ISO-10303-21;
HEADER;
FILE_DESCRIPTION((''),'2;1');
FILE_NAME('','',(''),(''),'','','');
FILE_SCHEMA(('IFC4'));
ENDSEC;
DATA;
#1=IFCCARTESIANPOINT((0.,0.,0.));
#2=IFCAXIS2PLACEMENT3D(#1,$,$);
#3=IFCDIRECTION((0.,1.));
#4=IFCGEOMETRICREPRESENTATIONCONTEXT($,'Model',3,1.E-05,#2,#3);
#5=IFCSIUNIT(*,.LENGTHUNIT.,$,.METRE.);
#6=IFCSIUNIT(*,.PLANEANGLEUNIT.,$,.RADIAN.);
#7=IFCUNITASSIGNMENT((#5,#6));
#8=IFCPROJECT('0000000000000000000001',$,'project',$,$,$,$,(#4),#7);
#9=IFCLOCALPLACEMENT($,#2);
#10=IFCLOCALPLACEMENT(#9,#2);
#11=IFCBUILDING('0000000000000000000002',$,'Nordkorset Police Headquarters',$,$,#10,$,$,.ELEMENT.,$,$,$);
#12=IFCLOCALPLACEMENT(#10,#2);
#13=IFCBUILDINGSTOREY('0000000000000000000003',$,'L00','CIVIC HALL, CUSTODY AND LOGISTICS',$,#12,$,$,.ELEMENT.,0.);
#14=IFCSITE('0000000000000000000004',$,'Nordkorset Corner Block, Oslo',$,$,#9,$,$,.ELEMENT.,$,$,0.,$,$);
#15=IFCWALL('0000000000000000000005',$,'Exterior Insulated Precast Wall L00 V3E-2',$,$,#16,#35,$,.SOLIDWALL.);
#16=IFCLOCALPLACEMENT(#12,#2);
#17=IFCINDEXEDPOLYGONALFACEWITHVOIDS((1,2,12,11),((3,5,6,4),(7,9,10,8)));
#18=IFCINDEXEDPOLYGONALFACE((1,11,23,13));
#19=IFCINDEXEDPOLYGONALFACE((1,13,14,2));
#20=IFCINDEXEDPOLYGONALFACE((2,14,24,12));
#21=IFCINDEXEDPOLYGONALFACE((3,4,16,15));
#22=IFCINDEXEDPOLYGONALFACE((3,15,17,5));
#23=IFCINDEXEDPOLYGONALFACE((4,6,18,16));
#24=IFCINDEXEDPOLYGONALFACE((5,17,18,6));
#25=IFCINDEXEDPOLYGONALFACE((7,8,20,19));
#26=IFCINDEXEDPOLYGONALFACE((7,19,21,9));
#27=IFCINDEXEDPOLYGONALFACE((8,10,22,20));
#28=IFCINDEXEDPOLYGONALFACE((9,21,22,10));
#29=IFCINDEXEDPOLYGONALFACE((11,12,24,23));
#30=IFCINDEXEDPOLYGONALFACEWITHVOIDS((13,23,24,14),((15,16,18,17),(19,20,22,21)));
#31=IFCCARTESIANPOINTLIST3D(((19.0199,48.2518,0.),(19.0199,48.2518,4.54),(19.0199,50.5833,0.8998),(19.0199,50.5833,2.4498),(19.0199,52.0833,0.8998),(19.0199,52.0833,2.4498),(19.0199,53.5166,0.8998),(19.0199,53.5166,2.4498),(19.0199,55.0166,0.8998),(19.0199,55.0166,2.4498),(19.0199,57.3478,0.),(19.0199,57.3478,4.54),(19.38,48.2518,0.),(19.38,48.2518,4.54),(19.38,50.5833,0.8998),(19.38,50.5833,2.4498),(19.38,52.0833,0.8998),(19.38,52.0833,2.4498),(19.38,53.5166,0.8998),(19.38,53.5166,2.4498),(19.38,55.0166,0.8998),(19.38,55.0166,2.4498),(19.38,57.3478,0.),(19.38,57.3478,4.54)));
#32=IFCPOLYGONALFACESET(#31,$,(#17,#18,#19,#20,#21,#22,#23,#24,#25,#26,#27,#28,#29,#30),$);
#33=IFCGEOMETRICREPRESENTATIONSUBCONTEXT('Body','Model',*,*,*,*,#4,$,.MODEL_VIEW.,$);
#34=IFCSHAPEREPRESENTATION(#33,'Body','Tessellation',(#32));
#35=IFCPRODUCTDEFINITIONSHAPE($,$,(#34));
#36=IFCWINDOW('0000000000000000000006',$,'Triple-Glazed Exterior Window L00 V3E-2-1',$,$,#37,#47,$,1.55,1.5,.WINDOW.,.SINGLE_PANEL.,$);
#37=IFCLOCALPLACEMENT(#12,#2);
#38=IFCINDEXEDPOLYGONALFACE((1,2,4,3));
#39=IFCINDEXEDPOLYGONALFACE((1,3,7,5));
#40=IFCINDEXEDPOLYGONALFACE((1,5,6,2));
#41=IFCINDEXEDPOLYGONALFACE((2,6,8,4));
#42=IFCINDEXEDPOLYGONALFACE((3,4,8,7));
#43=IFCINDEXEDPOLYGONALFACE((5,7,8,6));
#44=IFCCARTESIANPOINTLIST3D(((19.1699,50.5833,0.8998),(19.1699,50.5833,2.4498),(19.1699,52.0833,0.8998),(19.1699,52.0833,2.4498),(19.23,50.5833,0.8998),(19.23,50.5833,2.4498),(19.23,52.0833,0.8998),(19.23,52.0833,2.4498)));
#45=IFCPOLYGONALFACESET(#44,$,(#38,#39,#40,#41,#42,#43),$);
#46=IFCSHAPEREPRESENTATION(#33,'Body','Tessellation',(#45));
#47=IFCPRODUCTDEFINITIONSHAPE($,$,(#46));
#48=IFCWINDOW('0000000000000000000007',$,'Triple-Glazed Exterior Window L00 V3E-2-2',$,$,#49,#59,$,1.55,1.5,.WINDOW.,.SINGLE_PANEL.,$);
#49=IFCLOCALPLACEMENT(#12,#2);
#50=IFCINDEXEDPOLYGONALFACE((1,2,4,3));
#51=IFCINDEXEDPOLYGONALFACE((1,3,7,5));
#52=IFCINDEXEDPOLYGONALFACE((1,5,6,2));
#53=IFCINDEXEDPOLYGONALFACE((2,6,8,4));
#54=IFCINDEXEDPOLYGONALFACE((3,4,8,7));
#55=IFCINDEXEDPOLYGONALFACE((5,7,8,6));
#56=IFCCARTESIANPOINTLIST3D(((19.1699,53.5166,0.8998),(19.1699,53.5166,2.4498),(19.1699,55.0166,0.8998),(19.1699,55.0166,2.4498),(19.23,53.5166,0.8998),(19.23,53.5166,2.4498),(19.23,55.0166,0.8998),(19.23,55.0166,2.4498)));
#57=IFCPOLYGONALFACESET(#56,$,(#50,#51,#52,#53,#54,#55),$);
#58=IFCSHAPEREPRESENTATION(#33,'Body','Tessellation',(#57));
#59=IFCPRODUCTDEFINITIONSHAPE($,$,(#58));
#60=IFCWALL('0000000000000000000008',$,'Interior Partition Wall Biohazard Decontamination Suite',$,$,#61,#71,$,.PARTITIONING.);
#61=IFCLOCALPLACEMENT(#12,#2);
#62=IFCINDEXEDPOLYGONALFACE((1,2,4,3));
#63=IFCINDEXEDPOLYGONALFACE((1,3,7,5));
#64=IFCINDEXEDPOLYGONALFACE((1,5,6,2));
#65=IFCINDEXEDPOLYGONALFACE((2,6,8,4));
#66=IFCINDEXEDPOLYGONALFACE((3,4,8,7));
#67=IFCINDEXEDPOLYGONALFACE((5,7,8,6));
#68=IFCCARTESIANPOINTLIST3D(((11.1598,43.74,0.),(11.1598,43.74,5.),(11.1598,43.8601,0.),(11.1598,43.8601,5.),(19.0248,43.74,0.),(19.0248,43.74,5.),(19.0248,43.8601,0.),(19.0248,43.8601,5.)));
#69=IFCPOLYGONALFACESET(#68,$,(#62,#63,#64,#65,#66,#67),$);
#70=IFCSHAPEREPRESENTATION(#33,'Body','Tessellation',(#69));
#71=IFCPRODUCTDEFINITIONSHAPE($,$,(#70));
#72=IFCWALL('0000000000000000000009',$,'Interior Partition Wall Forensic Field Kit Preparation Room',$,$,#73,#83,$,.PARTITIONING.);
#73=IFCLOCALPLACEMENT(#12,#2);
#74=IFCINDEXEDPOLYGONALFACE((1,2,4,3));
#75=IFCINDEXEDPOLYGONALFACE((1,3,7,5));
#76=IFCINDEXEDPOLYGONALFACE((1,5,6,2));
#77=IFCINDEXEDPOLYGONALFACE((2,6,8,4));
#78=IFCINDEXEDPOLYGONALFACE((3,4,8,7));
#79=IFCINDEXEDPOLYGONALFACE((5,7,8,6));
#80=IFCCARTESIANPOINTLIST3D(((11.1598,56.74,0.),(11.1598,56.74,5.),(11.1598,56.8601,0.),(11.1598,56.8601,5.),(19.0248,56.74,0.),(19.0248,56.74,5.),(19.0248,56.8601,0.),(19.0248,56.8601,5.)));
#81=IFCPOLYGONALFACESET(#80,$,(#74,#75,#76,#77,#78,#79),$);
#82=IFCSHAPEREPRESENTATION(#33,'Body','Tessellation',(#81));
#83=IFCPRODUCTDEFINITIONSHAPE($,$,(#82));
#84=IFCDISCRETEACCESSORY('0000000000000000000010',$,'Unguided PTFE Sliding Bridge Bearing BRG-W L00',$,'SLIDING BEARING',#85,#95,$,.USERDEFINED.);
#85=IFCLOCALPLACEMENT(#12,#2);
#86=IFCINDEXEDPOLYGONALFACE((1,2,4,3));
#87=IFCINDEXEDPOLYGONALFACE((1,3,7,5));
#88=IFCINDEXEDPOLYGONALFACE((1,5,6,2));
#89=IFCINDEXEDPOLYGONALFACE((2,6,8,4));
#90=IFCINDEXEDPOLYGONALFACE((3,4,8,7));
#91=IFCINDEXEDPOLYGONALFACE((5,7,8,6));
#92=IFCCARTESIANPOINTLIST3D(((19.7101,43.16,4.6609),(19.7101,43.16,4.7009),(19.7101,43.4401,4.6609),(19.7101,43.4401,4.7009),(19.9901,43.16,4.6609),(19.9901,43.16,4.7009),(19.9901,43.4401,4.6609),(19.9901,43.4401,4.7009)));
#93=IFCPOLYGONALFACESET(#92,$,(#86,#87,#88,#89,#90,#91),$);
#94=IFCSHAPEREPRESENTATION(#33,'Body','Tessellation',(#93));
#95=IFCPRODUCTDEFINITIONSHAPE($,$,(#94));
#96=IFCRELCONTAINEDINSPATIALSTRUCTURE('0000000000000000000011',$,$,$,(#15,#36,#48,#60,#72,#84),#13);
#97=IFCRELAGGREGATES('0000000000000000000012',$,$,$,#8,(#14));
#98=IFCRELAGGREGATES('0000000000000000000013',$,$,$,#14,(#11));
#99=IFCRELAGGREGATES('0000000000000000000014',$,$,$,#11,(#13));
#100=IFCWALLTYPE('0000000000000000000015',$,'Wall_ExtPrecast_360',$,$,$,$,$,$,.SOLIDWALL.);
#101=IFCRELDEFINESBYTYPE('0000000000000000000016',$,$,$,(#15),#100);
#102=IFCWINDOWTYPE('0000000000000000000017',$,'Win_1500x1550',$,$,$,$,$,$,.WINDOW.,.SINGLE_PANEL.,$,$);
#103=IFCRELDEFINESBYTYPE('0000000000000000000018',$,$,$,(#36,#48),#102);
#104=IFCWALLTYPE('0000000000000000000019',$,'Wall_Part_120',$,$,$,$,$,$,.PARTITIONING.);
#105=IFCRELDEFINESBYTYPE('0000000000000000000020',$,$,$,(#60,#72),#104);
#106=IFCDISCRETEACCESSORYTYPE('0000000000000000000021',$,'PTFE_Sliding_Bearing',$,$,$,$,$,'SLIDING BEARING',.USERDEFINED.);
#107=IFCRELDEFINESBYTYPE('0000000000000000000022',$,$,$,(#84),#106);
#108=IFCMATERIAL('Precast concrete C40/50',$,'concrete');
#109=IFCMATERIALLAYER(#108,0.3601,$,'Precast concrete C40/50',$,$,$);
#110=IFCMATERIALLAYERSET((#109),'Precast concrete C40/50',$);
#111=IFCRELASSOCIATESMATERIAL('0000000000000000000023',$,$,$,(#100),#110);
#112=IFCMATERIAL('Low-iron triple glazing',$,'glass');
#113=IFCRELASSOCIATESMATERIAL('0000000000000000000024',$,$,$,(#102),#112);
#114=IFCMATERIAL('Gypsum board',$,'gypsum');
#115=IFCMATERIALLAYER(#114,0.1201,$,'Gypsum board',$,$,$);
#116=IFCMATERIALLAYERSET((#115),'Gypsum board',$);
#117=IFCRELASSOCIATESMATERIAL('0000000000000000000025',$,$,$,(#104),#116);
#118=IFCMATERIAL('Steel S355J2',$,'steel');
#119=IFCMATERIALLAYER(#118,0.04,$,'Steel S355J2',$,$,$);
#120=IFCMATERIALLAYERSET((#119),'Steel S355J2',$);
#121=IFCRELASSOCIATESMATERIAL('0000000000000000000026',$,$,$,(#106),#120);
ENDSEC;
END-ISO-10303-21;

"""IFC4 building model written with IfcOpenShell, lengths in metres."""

from ifc_helpers import new_model, si_unit, direction, frame, frame_2d, origin, origin_2d, place, context, subcontext, project, spatial, rectangle, extrude, material, layer, layer_set, type_object, element, fill, save


model = new_model("IFC4")

# Units and contexts
model_context = context("Model", 3, precision=1e-05, world=origin(), true_north=direction((0.0, 1.0)))
body_context = subcontext(model_context, "Body", "Model", "MODEL_VIEW")
ifc_project = project(units=[si_unit("LENGTHUNIT", "METRE"), si_unit("PLANEANGLEUNIT", "RADIAN")], contexts=[model_context])

# Site, building, storey
site_placement = place(None, origin())
site = spatial("IfcSite", under=ifc_project, at=site_placement, Name="Nordkorset Corner Block, Oslo", CompositionType="ELEMENT", RefElevation=0.0)
building_placement = place(site_placement, origin())
building = spatial("IfcBuilding", under=site, at=building_placement, Name="Nordkorset Police Headquarters", CompositionType="ELEMENT")
storey_placement = place(building_placement, origin())
storey = spatial("IfcBuildingStorey", under=building, at=storey_placement, Name="L00", Description="CIVIC HALL, CUSTODY AND LOGISTICS", CompositionType="ELEMENT", Elevation=0.0)

# Wall, openings, windows
ifc_material_1 = material(Name="Precast concrete C40/50", Category="concrete")
ifc_layer_1 = layer(ifc_material_1, 0.3601, Name="Precast concrete C40/50")
ifc_layer_set_1 = layer_set([ifc_layer_1], Name="Precast concrete C40/50")
wall_type_1 = type_object("IfcWallType", Name="Wall_ExtPrecast_360", PredefinedType="SOLIDWALL", material=ifc_layer_set_1)
wall_placement = place(storey_placement, frame((19.2, 48.252, 0.0), z_axis=(0.0, 0.0, 1.0), x_axis=(0.0, 1.0, 0.0)))
wall = element("IfcWall", 1, at=wall_placement, inside=storey, type_object=wall_type_1, Name="Exterior Insulated Precast Wall L00 V3E-2", PredefinedType="SOLIDWALL", context=body_context, shape_type="SweptSolid", body=[
    extrude(rectangle(XDim=9.0959, YDim=0.3601, at=frame_2d((4.5479, 0.0))), origin(), (0.0, 0.0, 1.0), 4.54),
])
opening_1_placement = place(wall_placement, frame((2.3313, 0.0, 0.8999)))
opening_1 = element("IfcOpeningElement", 2, at=opening_1_placement, cuts=wall, PredefinedType="OPENING", context=body_context, shape_type="SweptSolid", body=[
    extrude(rectangle(XDim=1.5, YDim=1.55, at=frame_2d((0.75, 0.7749))), frame((0.0, 0.1899, 0.0), z_axis=(0.0, -1.0, 0.0), x_axis=(1.0, 0.0, 0.0)), (0.0, 0.0, 1.0), 0.3801),
])
opening_2_placement = place(wall_placement, frame((5.2646, 0.0, 0.8999)))
opening_2 = element("IfcOpeningElement", 3, at=opening_2_placement, cuts=wall, PredefinedType="OPENING", context=body_context, shape_type="SweptSolid", body=[
    extrude(rectangle(XDim=1.5, YDim=1.55, at=frame_2d((0.75, 0.7749))), frame((0.0, 0.1899, 0.0), z_axis=(0.0, -1.0, 0.0), x_axis=(1.0, 0.0, 0.0)), (0.0, 0.0, 1.0), 0.3801),
])
ifc_material_2 = material(Name="Low-iron triple glazing", Category="glass")
window_type = type_object("IfcWindowType", Name="Win_1500x1550", PartitioningType="SINGLE_PANEL", PredefinedType="WINDOW", material=ifc_material_2)
window_1_placement = place(opening_1_placement, origin())
window_1 = element("IfcWindow", 4, at=window_1_placement, inside=storey, type_object=window_type, Name="Triple-Glazed Exterior Window L00 V3E-2-1", OverallHeight=1.55, OverallWidth=1.5, PartitioningType="SINGLE_PANEL", PredefinedType="WINDOW", context=body_context, shape_type="SweptSolid", body=[
    extrude(rectangle(XDim=1.5, YDim=1.55, at=frame_2d((0.75, 0.7749))), frame((0.0, 0.03, 0.0), z_axis=(0.0, -1.0, 0.0), x_axis=(1.0, 0.0, 0.0)), (0.0, 0.0, 1.0), 0.0601),
])
fill(opening_1, window_1)
window_2_placement = place(opening_2_placement, origin())
window_2 = element("IfcWindow", 5, at=window_2_placement, inside=storey, type_object=window_type, Name="Triple-Glazed Exterior Window L00 V3E-2-2", OverallHeight=1.55, OverallWidth=1.5, PartitioningType="SINGLE_PANEL", PredefinedType="WINDOW", context=body_context, shape_type="SweptSolid", body=[
    extrude(rectangle(XDim=1.5, YDim=1.55, at=frame_2d((0.75, 0.7749))), frame((0.0, 0.03, 0.0), z_axis=(0.0, -1.0, 0.0), x_axis=(1.0, 0.0, 0.0)), (0.0, 0.0, 1.0), 0.0601),
])
fill(opening_2, window_2)

# Walls
ifc_material_3 = material(Name="Gypsum board", Category="gypsum")
ifc_layer_2 = layer(ifc_material_3, 0.1201, Name="Gypsum board")
ifc_layer_set_2 = layer_set([ifc_layer_2], Name="Gypsum board")
wall_type_2 = type_object("IfcWallType", Name="Wall_Part_120", PredefinedType="PARTITIONING", material=ifc_layer_set_2)
for number, where, z_axis, x_axis, name in (
    (6, (19.0249, 43.8, 0.0), (0.0, 0.0, 1.0), (-1.0, 0.0, 0.0), "Interior Partition Wall Biohazard Decontamination Suite"),
    (7, (19.0249, 56.8, 0.0), (0.0, 0.0, 1.0), (-1.0, 0.0, 0.0), "Interior Partition Wall Forensic Field Kit Preparation Room"),
):
    element("IfcWall", number, at=place(storey_placement, frame(where, z_axis=z_axis, x_axis=x_axis)), inside=storey, type_object=wall_type_2, Name=name, PredefinedType="PARTITIONING", context=body_context, shape_type="SweptSolid", body=[
        extrude(rectangle(XDim=7.865, YDim=0.1201, at=frame_2d((3.9326, 0.0))), origin(), (0.0, 0.0, 1.0), 5.0),
    ])

# Discrete accessory
ifc_material_4 = material(Name="Steel S355J2", Category="steel")
ifc_layer_3 = layer(ifc_material_4, 0.04, Name="Steel S355J2")
ifc_layer_set_3 = layer_set([ifc_layer_3], Name="Steel S355J2")
discrete_accessory_type = type_object("IfcDiscreteAccessoryType", Name="PTFE_Sliding_Bearing", ElementType="SLIDING BEARING", PredefinedType="USERDEFINED", material=ifc_layer_set_3)
discrete_accessory_placement = place(storey_placement, frame((19.8501, 43.3, 4.6609), z_axis=(0.0, 0.0, 1.0), x_axis=(1.0, 0.0, 0.0)))
element("IfcDiscreteAccessory", 8, at=discrete_accessory_placement, inside=storey, type_object=discrete_accessory_type, Name="Unguided PTFE Sliding Bridge Bearing BRG-W L00", ObjectType="SLIDING BEARING", PredefinedType="USERDEFINED", context=body_context, shape_type="SweptSolid", body=[
    extrude(rectangle(XDim=0.28, YDim=0.28, at=origin_2d()), origin(), (0.0, 0.0, 1.0), 0.04),
])

save(model, "model.ifc")
